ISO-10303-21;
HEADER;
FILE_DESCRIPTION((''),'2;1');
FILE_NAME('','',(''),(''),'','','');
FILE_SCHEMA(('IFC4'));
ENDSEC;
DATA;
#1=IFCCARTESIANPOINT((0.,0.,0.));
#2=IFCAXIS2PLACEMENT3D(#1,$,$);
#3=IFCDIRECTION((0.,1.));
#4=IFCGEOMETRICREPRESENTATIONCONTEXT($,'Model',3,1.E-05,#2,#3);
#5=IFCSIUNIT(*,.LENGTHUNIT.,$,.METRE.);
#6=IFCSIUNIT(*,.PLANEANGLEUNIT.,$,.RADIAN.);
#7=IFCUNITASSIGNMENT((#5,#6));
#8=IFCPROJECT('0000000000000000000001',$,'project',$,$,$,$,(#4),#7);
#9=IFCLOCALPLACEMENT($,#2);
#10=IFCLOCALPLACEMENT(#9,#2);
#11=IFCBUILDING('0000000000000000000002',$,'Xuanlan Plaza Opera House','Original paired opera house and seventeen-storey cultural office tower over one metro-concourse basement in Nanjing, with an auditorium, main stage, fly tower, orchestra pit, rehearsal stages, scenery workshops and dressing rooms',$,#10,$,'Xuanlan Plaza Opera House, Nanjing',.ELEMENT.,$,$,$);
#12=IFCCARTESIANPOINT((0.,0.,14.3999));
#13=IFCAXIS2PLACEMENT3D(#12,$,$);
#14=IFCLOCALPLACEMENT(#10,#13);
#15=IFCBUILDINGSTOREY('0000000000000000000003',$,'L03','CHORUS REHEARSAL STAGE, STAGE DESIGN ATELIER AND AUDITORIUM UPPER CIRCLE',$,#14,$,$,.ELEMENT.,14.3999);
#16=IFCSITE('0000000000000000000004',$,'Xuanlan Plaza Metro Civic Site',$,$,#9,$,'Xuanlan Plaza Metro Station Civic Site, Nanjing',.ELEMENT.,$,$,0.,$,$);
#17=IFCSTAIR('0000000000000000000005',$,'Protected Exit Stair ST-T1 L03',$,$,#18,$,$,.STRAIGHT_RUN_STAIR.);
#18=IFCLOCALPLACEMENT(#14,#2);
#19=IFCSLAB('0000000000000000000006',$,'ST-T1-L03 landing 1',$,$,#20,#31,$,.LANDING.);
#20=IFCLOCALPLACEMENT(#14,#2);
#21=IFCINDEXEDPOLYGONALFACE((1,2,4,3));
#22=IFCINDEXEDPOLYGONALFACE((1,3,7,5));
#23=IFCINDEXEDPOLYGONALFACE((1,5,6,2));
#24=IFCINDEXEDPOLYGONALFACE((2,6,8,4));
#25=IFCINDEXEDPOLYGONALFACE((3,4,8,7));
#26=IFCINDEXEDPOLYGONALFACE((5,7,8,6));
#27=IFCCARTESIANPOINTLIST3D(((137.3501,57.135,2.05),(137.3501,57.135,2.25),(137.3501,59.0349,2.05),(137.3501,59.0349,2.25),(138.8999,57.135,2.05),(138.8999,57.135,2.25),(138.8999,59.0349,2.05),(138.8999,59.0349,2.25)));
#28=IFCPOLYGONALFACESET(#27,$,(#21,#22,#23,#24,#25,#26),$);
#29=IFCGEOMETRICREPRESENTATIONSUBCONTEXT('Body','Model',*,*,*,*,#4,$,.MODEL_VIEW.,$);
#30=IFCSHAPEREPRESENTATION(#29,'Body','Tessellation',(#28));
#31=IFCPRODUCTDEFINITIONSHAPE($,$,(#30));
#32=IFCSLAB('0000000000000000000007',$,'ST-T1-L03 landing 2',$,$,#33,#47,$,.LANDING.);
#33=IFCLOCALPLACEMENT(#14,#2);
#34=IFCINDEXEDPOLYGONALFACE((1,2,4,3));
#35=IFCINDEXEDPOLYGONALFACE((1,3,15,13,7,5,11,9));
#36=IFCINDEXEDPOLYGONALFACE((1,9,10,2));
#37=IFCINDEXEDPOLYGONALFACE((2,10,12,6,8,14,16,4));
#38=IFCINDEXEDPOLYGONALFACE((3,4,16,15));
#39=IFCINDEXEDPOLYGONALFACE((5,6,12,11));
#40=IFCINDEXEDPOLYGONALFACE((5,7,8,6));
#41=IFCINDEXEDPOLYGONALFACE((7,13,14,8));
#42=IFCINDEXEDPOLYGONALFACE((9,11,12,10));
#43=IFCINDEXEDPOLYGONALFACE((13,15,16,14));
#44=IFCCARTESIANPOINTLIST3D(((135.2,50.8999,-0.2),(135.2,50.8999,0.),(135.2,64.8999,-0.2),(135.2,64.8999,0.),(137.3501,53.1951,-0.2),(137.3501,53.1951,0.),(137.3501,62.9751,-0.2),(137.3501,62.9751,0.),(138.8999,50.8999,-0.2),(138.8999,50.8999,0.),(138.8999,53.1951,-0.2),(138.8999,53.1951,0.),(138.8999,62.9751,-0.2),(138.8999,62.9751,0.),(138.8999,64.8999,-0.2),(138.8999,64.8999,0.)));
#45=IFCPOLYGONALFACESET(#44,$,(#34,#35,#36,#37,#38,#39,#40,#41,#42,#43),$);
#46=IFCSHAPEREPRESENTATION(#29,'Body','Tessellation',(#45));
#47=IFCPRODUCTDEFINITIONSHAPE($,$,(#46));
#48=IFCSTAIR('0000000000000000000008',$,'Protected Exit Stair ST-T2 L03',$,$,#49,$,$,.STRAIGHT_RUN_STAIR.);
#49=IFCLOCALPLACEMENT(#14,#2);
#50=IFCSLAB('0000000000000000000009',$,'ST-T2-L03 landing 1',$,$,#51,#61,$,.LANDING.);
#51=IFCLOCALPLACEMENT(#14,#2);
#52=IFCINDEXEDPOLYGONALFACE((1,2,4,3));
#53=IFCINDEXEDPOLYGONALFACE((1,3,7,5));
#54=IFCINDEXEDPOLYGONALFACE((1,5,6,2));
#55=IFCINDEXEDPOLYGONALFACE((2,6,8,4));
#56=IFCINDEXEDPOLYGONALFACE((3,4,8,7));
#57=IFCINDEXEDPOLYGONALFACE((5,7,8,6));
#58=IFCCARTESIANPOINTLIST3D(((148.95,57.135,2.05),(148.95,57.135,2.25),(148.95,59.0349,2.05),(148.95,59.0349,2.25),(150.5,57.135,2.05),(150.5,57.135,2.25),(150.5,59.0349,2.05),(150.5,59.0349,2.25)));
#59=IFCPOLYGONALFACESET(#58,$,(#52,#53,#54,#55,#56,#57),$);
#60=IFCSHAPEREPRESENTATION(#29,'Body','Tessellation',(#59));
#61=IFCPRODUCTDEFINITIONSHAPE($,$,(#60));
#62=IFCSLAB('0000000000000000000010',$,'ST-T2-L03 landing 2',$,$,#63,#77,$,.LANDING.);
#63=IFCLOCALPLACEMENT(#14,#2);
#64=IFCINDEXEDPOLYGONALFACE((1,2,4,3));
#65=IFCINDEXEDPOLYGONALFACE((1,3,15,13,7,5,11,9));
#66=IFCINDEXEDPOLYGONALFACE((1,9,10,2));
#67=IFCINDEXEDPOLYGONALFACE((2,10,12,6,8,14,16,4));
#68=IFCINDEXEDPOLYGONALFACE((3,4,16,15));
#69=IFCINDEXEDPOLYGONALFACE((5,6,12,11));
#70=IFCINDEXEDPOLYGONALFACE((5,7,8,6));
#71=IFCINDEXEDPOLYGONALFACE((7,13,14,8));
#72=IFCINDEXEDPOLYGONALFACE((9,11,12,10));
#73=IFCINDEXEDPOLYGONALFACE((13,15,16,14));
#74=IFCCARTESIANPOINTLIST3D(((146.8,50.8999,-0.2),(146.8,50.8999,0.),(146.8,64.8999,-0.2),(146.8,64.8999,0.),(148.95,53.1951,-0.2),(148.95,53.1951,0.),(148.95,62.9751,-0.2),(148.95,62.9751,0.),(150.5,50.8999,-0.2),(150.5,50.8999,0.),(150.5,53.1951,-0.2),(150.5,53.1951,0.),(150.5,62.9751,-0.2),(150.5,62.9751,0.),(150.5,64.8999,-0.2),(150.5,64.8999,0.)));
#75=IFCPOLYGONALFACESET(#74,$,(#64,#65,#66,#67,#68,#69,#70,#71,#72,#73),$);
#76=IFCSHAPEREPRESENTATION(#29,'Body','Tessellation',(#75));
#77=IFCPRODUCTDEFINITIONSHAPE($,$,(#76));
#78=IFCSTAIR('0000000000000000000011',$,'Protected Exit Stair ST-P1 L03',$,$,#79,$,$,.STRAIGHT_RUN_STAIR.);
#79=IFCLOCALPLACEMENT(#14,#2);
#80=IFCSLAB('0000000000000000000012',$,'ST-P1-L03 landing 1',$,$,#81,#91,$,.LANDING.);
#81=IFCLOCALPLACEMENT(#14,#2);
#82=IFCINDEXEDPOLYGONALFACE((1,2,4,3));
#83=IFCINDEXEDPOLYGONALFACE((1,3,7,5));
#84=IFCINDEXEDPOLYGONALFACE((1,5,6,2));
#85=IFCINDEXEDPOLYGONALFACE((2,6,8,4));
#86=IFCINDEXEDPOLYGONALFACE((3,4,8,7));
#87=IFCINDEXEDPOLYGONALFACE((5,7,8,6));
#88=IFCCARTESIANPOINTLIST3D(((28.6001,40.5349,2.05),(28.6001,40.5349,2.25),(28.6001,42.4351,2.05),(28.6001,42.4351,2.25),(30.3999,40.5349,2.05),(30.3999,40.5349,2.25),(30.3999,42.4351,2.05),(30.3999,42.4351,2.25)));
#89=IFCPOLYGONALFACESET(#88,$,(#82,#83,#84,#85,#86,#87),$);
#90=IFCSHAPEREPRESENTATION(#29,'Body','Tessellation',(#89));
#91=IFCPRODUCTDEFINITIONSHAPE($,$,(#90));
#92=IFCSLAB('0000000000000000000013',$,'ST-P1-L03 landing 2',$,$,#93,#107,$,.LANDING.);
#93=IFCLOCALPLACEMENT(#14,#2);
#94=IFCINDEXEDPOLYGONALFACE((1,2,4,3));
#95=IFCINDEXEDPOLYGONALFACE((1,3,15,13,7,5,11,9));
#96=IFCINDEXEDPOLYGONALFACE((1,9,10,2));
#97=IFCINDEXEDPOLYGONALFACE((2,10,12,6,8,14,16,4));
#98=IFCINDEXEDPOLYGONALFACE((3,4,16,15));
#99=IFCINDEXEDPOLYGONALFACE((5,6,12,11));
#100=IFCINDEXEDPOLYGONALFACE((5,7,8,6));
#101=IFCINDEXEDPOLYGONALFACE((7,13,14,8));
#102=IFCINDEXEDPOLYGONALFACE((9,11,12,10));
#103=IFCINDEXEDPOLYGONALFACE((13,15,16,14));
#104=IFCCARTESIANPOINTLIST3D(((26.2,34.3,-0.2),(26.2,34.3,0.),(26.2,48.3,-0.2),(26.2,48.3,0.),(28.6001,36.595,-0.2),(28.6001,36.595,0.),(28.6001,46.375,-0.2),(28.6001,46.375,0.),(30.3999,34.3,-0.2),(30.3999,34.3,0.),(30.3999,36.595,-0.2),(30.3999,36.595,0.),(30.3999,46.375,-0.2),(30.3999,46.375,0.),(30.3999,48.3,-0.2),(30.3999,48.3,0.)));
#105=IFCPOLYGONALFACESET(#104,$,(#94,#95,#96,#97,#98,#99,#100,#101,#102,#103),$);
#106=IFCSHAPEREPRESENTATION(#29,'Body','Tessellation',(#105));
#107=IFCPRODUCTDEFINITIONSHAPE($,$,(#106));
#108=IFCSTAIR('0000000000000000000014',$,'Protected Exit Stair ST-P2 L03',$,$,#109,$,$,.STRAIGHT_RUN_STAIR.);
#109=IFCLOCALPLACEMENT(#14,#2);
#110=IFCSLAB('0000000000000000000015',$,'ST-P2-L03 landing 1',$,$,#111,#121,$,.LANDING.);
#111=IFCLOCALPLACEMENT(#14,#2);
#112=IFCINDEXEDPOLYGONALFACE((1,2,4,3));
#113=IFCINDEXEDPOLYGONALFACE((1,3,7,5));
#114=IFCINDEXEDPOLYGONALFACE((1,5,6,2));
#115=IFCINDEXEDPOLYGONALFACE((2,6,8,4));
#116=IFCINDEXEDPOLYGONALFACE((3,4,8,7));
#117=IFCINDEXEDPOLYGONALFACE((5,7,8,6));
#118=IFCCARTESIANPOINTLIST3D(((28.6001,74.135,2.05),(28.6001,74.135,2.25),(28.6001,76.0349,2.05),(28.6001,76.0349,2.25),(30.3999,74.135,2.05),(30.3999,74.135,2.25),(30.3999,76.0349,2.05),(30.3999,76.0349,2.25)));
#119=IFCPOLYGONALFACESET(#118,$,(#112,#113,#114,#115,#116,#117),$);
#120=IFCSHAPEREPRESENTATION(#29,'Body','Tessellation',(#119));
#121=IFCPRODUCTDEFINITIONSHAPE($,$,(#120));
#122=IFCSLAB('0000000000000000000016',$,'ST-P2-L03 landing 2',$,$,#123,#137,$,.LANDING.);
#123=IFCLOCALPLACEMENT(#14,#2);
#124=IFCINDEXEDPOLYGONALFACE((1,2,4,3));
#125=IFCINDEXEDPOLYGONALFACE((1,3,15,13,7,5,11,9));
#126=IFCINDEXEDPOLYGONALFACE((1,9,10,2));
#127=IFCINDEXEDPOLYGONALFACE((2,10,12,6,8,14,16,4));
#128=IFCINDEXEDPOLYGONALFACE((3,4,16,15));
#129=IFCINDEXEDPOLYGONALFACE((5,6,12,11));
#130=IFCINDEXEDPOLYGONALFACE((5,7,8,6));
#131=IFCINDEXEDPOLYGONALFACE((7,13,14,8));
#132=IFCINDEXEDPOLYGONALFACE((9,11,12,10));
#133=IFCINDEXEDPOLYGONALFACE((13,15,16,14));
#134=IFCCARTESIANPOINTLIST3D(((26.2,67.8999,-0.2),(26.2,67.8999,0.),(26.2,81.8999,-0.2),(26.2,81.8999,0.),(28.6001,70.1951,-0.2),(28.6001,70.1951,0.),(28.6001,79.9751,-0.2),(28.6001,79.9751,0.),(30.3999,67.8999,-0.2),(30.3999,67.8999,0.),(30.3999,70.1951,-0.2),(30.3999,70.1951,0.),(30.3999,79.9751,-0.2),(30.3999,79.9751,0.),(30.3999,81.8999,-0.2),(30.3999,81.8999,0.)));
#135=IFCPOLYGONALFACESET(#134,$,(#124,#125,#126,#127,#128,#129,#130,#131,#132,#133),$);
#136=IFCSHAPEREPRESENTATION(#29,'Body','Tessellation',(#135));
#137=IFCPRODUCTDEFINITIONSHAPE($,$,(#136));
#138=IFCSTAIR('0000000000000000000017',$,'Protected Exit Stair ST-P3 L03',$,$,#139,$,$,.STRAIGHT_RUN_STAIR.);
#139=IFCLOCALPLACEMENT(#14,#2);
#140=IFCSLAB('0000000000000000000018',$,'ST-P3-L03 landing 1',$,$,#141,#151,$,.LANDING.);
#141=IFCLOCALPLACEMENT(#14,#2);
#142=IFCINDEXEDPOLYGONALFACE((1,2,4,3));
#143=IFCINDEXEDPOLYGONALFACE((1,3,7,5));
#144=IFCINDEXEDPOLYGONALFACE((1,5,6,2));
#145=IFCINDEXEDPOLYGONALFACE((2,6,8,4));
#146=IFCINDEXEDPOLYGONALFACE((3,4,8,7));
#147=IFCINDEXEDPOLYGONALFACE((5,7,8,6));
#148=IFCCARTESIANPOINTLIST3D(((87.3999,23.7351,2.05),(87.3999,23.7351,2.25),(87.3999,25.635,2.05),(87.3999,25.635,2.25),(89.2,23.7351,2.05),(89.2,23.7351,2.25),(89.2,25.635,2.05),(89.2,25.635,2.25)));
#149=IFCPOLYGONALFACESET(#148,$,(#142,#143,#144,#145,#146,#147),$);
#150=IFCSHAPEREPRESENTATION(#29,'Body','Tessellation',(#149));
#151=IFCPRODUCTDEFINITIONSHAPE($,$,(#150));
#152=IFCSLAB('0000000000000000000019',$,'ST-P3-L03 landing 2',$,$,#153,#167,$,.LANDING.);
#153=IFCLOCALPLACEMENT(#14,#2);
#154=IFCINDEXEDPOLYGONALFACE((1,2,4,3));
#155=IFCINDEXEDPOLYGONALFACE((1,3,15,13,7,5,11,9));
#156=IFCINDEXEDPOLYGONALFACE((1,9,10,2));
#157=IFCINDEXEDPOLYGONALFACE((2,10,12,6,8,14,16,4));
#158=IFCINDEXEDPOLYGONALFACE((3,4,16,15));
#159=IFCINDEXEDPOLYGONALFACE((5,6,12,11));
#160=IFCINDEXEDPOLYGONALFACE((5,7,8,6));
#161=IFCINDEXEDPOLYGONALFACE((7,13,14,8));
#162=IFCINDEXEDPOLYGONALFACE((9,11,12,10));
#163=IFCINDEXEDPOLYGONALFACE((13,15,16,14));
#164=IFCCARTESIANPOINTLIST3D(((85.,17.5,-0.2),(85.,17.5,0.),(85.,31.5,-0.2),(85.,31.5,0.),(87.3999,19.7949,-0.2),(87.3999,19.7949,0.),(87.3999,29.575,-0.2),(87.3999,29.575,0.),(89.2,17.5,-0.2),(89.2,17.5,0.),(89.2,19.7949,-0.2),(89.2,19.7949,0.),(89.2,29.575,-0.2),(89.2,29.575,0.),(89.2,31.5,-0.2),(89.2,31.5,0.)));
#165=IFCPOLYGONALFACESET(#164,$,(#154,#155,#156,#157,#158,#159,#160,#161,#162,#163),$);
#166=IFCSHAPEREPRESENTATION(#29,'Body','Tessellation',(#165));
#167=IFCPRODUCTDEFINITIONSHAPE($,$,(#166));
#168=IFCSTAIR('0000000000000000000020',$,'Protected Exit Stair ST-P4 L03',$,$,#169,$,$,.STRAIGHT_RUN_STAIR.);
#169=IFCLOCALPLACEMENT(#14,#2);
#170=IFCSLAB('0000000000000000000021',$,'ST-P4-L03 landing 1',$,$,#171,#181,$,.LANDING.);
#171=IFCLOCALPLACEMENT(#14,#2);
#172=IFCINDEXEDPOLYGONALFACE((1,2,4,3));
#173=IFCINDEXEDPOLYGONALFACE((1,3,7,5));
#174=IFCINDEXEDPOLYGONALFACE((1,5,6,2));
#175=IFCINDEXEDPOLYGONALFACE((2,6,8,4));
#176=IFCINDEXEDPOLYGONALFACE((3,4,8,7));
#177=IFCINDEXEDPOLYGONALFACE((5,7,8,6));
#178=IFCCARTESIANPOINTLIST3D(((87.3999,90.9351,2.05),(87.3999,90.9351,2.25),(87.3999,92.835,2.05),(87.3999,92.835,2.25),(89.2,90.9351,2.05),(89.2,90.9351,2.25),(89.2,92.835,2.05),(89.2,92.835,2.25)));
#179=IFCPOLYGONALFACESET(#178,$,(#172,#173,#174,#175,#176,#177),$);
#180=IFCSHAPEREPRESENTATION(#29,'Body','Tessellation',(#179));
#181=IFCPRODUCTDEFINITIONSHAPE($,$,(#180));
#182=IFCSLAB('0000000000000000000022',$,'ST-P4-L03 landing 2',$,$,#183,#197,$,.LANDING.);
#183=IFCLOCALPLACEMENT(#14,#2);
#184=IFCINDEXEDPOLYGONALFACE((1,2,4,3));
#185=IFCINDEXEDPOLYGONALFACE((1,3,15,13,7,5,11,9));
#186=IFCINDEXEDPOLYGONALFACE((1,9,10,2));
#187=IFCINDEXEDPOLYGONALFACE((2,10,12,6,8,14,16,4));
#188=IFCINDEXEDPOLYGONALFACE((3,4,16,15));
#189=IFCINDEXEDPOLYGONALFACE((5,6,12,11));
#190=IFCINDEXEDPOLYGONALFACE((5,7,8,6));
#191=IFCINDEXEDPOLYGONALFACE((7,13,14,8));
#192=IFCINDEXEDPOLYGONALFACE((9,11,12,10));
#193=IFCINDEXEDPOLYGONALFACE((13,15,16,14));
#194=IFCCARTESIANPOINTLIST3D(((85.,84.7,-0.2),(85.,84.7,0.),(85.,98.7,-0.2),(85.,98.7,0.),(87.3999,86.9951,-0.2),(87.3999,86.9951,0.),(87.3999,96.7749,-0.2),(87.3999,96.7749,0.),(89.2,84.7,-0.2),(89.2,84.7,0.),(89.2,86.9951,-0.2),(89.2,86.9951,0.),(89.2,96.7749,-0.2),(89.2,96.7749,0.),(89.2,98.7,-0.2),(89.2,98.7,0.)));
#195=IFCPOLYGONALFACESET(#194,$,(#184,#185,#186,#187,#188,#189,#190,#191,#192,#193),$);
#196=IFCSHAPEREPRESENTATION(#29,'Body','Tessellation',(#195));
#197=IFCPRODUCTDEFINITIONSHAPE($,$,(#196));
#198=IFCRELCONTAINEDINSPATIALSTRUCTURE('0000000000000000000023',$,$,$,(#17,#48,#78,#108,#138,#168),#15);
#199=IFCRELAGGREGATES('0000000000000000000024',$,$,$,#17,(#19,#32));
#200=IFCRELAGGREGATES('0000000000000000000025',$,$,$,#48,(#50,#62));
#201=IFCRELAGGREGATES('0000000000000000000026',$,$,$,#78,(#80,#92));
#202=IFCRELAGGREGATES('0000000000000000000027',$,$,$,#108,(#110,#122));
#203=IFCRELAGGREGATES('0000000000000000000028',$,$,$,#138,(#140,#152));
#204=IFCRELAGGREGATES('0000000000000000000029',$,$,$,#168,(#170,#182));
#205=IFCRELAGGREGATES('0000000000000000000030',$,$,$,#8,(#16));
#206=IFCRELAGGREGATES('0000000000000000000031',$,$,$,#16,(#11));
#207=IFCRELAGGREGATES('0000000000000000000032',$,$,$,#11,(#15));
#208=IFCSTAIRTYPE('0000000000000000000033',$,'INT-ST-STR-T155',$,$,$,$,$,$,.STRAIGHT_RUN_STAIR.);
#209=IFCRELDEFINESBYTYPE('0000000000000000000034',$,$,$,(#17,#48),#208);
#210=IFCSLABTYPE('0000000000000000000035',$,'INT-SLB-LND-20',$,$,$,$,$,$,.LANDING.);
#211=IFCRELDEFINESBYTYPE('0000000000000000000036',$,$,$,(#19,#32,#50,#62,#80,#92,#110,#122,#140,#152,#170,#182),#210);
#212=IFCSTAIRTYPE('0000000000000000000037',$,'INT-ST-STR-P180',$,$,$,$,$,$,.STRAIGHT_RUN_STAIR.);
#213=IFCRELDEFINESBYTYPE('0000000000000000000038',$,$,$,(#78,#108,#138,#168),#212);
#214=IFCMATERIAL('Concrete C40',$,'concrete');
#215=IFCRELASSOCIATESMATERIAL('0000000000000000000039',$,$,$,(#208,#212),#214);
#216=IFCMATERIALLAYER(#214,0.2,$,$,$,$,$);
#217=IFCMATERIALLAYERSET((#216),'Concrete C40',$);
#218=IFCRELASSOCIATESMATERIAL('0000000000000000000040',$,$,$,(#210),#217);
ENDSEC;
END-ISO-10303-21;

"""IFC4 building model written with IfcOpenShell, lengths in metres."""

from ifc_helpers import new_model, si_unit, direction, frame, origin, place, context, subcontext, project, spatial, polyline, outline, extrude, material, layer, layer_set, type_object, element, aggregate, save


model = new_model("IFC4")

# Units and contexts
model_context = context("Model", 3, precision=1e-05, world=origin(), true_north=direction((0.0, 1.0)))
body_context = subcontext(model_context, "Body", "Model", "MODEL_VIEW")
ifc_project = project(units=[si_unit("LENGTHUNIT", "METRE"), si_unit("PLANEANGLEUNIT", "RADIAN")], contexts=[model_context])

# Site, building, storey
site_placement = place(None, origin())
site = spatial("IfcSite", under=ifc_project, at=site_placement, Name="Xuanlan Plaza Metro Civic Site", LongName="Xuanlan Plaza Metro Station Civic Site, Nanjing", CompositionType="ELEMENT", RefElevation=0.0)
building_placement = place(site_placement, origin())
building = spatial("IfcBuilding", under=site, at=building_placement, Name="Xuanlan Plaza Opera House", Description="Original paired opera house and seventeen-storey cultural office tower over one metro-concourse basement in Nanjing, with an auditorium, main stage, fly tower, orchestra pit, rehearsal stages, scenery workshops and dressing rooms", LongName="Xuanlan Plaza Opera House, Nanjing", CompositionType="ELEMENT")
storey_placement = place(building_placement, frame((0.0, 0.0, 14.3999)))
storey = spatial("IfcBuildingStorey", under=building, at=storey_placement, Name="L03", Description="CHORUS REHEARSAL STAGE, STAGE DESIGN ATELIER AND AUDITORIUM UPPER CIRCLE", CompositionType="ELEMENT", Elevation=14.3999)

# Stairs, slabs
ifc_material = material(Name="Concrete C40", Category="concrete")
stair_type_1 = type_object("IfcStairType", Name="INT-ST-STR-T155", PredefinedType="STRAIGHT_RUN_STAIR", material=ifc_material)
stair_1_placement = place(storey_placement, origin())
stair_1 = element("IfcStair", 1, at=stair_1_placement, inside=storey, type_object=stair_type_1, Name="Protected Exit Stair ST-T1 L03", PredefinedType="STRAIGHT_RUN_STAIR")
ifc_layer_1 = layer(ifc_material, 0.2)
ifc_layer_set_1 = layer_set([ifc_layer_1], Name="Concrete C40")
slab_type_1 = type_object("IfcSlabType", Name="INT-SLB-LND-20", PredefinedType="LANDING", material=ifc_layer_set_1)
slab_1_placement = place(storey_placement, frame((0.0, 0.0, 2.05)))
slab_1 = element("IfcSlab", 2, at=slab_1_placement, type_object=slab_type_1, Name="ST-T1-L03 landing 1", PredefinedType="LANDING", context=body_context, shape_type="SweptSolid", body=[
    extrude(outline(polyline([(137.3501, 57.135), (138.8999, 57.135), (138.8999, 59.0349), (137.3501, 59.0349), (137.3501, 57.135)])), origin(), (0.0, 0.0, 1.0), 0.2),
])
slab_2_placement = place(storey_placement, frame((0.0, 0.0, -0.2)))
slab_2 = element("IfcSlab", 3, at=slab_2_placement, type_object=slab_type_1, Name="ST-T1-L03 landing 2", PredefinedType="LANDING", context=body_context, shape_type="SweptSolid", body=[
    extrude(outline(polyline([(135.2, 50.8999), (138.8999, 50.8999), (138.8999, 53.1951), (137.3501, 53.1951), (137.3501, 62.9751), (138.8999, 62.9751), (138.8999, 64.8999), (135.2, 64.8999), (135.2, 50.8999)])), origin(), (0.0, 0.0, 1.0), 0.2),
])
aggregate(stair_1, [slab_1, slab_2])
stair_2_placement = place(storey_placement, origin())
stair_2 = element("IfcStair", 4, at=stair_2_placement, inside=storey, type_object=stair_type_1, Name="Protected Exit Stair ST-T2 L03", PredefinedType="STRAIGHT_RUN_STAIR")
slab_3_placement = place(storey_placement, frame((0.0, 0.0, 2.05)))
slab_3 = element("IfcSlab", 5, at=slab_3_placement, type_object=slab_type_1, Name="ST-T2-L03 landing 1", PredefinedType="LANDING", context=body_context, shape_type="SweptSolid", body=[
    extrude(outline(polyline([(148.95, 57.135), (150.5, 57.135), (150.5, 59.0349), (148.95, 59.0349), (148.95, 57.135)])), origin(), (0.0, 0.0, 1.0), 0.2),
])
slab_4_placement = place(storey_placement, frame((0.0, 0.0, -0.2)))
slab_4 = element("IfcSlab", 6, at=slab_4_placement, type_object=slab_type_1, Name="ST-T2-L03 landing 2", PredefinedType="LANDING", context=body_context, shape_type="SweptSolid", body=[
    extrude(outline(polyline([(146.8, 50.8999), (150.5, 50.8999), (150.5, 53.1951), (148.95, 53.1951), (148.95, 62.9751), (150.5, 62.9751), (150.5, 64.8999), (146.8, 64.8999), (146.8, 50.8999)])), origin(), (0.0, 0.0, 1.0), 0.2),
])
aggregate(stair_2, [slab_3, slab_4])
stair_type_2 = type_object("IfcStairType", Name="INT-ST-STR-P180", PredefinedType="STRAIGHT_RUN_STAIR", material=ifc_material)
stair_3_placement = place(storey_placement, origin())
stair_3 = element("IfcStair", 7, at=stair_3_placement, inside=storey, type_object=stair_type_2, Name="Protected Exit Stair ST-P1 L03", PredefinedType="STRAIGHT_RUN_STAIR")
slab_5_placement = place(storey_placement, frame((0.0, 0.0, 2.05)))
slab_5 = element("IfcSlab", 8, at=slab_5_placement, type_object=slab_type_1, Name="ST-P1-L03 landing 1", PredefinedType="LANDING", context=body_context, shape_type="SweptSolid", body=[
    extrude(outline(polyline([(28.6001, 40.5349), (30.3999, 40.5349), (30.3999, 42.4351), (28.6001, 42.4351), (28.6001, 40.5349)])), origin(), (0.0, 0.0, 1.0), 0.2),
])
slab_6_placement = place(storey_placement, frame((0.0, 0.0, -0.2)))
slab_6 = element("IfcSlab", 9, at=slab_6_placement, type_object=slab_type_1, Name="ST-P1-L03 landing 2", PredefinedType="LANDING", context=body_context, shape_type="SweptSolid", body=[
    extrude(outline(polyline([(26.2, 34.3), (30.3999, 34.3), (30.3999, 36.595), (28.6001, 36.595), (28.6001, 46.375), (30.3999, 46.375), (30.3999, 48.3), (26.2, 48.3), (26.2, 34.3)])), origin(), (0.0, 0.0, 1.0), 0.2),
])
aggregate(stair_3, [slab_5, slab_6])
stair_4_placement = place(storey_placement, origin())
stair_4 = element("IfcStair", 10, at=stair_4_placement, inside=storey, type_object=stair_type_2, Name="Protected Exit Stair ST-P2 L03", PredefinedType="STRAIGHT_RUN_STAIR")
slab_7_placement = place(storey_placement, frame((0.0, 0.0, 2.05)))
slab_7 = element("IfcSlab", 11, at=slab_7_placement, type_object=slab_type_1, Name="ST-P2-L03 landing 1", PredefinedType="LANDING", context=body_context, shape_type="SweptSolid", body=[
    extrude(outline(polyline([(28.6001, 74.135), (30.3999, 74.135), (30.3999, 76.0349), (28.6001, 76.0349), (28.6001, 74.135)])), origin(), (0.0, 0.0, 1.0), 0.2),
])
slab_8_placement = place(storey_placement, frame((0.0, 0.0, -0.2)))
slab_8 = element("IfcSlab", 12, at=slab_8_placement, type_object=slab_type_1, Name="ST-P2-L03 landing 2", PredefinedType="LANDING", context=body_context, shape_type="SweptSolid", body=[
    extrude(outline(polyline([(26.2, 67.8999), (30.3999, 67.8999), (30.3999, 70.1951), (28.6001, 70.1951), (28.6001, 79.9751), (30.3999, 79.9751), (30.3999, 81.8999), (26.2, 81.8999), (26.2, 67.8999)])), origin(), (0.0, 0.0, 1.0), 0.2),
])
aggregate(stair_4, [slab_7, slab_8])
stair_5_placement = place(storey_placement, origin())
stair_5 = element("IfcStair", 13, at=stair_5_placement, inside=storey, type_object=stair_type_2, Name="Protected Exit Stair ST-P3 L03", PredefinedType="STRAIGHT_RUN_STAIR")
slab_9_placement = place(storey_placement, frame((0.0, 0.0, 2.05)))
slab_9 = element("IfcSlab", 14, at=slab_9_placement, type_object=slab_type_1, Name="ST-P3-L03 landing 1", PredefinedType="LANDING", context=body_context, shape_type="SweptSolid", body=[
    extrude(outline(polyline([(87.3999, 23.7351), (89.2, 23.7351), (89.2, 25.635), (87.3999, 25.635), (87.3999, 23.7351)])), origin(), (0.0, 0.0, 1.0), 0.2),
])
slab_10_placement = place(storey_placement, frame((0.0, 0.0, -0.2)))
slab_10 = element("IfcSlab", 15, at=slab_10_placement, type_object=slab_type_1, Name="ST-P3-L03 landing 2", PredefinedType="LANDING", context=body_context, shape_type="SweptSolid", body=[
    extrude(outline(polyline([(85.0, 17.5), (89.2, 17.5), (89.2, 19.7949), (87.3999, 19.7949), (87.3999, 29.575), (89.2, 29.575), (89.2, 31.5), (85.0, 31.5), (85.0, 17.5)])), origin(), (0.0, 0.0, 1.0), 0.2),
])
aggregate(stair_5, [slab_9, slab_10])
stair_6_placement = place(storey_placement, origin())
stair_6 = element("IfcStair", 16, at=stair_6_placement, inside=storey, type_object=stair_type_2, Name="Protected Exit Stair ST-P4 L03", PredefinedType="STRAIGHT_RUN_STAIR")
slab_11_placement = place(storey_placement, frame((0.0, 0.0, 2.05)))
slab_11 = element("IfcSlab", 17, at=slab_11_placement, type_object=slab_type_1, Name="ST-P4-L03 landing 1", PredefinedType="LANDING", context=body_context, shape_type="SweptSolid", body=[
    extrude(outline(polyline([(87.3999, 90.9351), (89.2, 90.9351), (89.2, 92.835), (87.3999, 92.835), (87.3999, 90.9351)])), origin(), (0.0, 0.0, 1.0), 0.2),
])
slab_12_placement = place(storey_placement, frame((0.0, 0.0, -0.2)))
slab_12 = element("IfcSlab", 18, at=slab_12_placement, type_object=slab_type_1, Name="ST-P4-L03 landing 2", PredefinedType="LANDING", context=body_context, shape_type="SweptSolid", body=[
    extrude(outline(polyline([(85.0, 84.7), (89.2, 84.7), (89.2, 86.9951), (87.3999, 86.9951), (87.3999, 96.7749), (89.2, 96.7749), (89.2, 98.7), (85.0, 98.7), (85.0, 84.7)])), origin(), (0.0, 0.0, 1.0), 0.2),
])
aggregate(stair_6, [slab_11, slab_12])

save(model, "model.ifc")
